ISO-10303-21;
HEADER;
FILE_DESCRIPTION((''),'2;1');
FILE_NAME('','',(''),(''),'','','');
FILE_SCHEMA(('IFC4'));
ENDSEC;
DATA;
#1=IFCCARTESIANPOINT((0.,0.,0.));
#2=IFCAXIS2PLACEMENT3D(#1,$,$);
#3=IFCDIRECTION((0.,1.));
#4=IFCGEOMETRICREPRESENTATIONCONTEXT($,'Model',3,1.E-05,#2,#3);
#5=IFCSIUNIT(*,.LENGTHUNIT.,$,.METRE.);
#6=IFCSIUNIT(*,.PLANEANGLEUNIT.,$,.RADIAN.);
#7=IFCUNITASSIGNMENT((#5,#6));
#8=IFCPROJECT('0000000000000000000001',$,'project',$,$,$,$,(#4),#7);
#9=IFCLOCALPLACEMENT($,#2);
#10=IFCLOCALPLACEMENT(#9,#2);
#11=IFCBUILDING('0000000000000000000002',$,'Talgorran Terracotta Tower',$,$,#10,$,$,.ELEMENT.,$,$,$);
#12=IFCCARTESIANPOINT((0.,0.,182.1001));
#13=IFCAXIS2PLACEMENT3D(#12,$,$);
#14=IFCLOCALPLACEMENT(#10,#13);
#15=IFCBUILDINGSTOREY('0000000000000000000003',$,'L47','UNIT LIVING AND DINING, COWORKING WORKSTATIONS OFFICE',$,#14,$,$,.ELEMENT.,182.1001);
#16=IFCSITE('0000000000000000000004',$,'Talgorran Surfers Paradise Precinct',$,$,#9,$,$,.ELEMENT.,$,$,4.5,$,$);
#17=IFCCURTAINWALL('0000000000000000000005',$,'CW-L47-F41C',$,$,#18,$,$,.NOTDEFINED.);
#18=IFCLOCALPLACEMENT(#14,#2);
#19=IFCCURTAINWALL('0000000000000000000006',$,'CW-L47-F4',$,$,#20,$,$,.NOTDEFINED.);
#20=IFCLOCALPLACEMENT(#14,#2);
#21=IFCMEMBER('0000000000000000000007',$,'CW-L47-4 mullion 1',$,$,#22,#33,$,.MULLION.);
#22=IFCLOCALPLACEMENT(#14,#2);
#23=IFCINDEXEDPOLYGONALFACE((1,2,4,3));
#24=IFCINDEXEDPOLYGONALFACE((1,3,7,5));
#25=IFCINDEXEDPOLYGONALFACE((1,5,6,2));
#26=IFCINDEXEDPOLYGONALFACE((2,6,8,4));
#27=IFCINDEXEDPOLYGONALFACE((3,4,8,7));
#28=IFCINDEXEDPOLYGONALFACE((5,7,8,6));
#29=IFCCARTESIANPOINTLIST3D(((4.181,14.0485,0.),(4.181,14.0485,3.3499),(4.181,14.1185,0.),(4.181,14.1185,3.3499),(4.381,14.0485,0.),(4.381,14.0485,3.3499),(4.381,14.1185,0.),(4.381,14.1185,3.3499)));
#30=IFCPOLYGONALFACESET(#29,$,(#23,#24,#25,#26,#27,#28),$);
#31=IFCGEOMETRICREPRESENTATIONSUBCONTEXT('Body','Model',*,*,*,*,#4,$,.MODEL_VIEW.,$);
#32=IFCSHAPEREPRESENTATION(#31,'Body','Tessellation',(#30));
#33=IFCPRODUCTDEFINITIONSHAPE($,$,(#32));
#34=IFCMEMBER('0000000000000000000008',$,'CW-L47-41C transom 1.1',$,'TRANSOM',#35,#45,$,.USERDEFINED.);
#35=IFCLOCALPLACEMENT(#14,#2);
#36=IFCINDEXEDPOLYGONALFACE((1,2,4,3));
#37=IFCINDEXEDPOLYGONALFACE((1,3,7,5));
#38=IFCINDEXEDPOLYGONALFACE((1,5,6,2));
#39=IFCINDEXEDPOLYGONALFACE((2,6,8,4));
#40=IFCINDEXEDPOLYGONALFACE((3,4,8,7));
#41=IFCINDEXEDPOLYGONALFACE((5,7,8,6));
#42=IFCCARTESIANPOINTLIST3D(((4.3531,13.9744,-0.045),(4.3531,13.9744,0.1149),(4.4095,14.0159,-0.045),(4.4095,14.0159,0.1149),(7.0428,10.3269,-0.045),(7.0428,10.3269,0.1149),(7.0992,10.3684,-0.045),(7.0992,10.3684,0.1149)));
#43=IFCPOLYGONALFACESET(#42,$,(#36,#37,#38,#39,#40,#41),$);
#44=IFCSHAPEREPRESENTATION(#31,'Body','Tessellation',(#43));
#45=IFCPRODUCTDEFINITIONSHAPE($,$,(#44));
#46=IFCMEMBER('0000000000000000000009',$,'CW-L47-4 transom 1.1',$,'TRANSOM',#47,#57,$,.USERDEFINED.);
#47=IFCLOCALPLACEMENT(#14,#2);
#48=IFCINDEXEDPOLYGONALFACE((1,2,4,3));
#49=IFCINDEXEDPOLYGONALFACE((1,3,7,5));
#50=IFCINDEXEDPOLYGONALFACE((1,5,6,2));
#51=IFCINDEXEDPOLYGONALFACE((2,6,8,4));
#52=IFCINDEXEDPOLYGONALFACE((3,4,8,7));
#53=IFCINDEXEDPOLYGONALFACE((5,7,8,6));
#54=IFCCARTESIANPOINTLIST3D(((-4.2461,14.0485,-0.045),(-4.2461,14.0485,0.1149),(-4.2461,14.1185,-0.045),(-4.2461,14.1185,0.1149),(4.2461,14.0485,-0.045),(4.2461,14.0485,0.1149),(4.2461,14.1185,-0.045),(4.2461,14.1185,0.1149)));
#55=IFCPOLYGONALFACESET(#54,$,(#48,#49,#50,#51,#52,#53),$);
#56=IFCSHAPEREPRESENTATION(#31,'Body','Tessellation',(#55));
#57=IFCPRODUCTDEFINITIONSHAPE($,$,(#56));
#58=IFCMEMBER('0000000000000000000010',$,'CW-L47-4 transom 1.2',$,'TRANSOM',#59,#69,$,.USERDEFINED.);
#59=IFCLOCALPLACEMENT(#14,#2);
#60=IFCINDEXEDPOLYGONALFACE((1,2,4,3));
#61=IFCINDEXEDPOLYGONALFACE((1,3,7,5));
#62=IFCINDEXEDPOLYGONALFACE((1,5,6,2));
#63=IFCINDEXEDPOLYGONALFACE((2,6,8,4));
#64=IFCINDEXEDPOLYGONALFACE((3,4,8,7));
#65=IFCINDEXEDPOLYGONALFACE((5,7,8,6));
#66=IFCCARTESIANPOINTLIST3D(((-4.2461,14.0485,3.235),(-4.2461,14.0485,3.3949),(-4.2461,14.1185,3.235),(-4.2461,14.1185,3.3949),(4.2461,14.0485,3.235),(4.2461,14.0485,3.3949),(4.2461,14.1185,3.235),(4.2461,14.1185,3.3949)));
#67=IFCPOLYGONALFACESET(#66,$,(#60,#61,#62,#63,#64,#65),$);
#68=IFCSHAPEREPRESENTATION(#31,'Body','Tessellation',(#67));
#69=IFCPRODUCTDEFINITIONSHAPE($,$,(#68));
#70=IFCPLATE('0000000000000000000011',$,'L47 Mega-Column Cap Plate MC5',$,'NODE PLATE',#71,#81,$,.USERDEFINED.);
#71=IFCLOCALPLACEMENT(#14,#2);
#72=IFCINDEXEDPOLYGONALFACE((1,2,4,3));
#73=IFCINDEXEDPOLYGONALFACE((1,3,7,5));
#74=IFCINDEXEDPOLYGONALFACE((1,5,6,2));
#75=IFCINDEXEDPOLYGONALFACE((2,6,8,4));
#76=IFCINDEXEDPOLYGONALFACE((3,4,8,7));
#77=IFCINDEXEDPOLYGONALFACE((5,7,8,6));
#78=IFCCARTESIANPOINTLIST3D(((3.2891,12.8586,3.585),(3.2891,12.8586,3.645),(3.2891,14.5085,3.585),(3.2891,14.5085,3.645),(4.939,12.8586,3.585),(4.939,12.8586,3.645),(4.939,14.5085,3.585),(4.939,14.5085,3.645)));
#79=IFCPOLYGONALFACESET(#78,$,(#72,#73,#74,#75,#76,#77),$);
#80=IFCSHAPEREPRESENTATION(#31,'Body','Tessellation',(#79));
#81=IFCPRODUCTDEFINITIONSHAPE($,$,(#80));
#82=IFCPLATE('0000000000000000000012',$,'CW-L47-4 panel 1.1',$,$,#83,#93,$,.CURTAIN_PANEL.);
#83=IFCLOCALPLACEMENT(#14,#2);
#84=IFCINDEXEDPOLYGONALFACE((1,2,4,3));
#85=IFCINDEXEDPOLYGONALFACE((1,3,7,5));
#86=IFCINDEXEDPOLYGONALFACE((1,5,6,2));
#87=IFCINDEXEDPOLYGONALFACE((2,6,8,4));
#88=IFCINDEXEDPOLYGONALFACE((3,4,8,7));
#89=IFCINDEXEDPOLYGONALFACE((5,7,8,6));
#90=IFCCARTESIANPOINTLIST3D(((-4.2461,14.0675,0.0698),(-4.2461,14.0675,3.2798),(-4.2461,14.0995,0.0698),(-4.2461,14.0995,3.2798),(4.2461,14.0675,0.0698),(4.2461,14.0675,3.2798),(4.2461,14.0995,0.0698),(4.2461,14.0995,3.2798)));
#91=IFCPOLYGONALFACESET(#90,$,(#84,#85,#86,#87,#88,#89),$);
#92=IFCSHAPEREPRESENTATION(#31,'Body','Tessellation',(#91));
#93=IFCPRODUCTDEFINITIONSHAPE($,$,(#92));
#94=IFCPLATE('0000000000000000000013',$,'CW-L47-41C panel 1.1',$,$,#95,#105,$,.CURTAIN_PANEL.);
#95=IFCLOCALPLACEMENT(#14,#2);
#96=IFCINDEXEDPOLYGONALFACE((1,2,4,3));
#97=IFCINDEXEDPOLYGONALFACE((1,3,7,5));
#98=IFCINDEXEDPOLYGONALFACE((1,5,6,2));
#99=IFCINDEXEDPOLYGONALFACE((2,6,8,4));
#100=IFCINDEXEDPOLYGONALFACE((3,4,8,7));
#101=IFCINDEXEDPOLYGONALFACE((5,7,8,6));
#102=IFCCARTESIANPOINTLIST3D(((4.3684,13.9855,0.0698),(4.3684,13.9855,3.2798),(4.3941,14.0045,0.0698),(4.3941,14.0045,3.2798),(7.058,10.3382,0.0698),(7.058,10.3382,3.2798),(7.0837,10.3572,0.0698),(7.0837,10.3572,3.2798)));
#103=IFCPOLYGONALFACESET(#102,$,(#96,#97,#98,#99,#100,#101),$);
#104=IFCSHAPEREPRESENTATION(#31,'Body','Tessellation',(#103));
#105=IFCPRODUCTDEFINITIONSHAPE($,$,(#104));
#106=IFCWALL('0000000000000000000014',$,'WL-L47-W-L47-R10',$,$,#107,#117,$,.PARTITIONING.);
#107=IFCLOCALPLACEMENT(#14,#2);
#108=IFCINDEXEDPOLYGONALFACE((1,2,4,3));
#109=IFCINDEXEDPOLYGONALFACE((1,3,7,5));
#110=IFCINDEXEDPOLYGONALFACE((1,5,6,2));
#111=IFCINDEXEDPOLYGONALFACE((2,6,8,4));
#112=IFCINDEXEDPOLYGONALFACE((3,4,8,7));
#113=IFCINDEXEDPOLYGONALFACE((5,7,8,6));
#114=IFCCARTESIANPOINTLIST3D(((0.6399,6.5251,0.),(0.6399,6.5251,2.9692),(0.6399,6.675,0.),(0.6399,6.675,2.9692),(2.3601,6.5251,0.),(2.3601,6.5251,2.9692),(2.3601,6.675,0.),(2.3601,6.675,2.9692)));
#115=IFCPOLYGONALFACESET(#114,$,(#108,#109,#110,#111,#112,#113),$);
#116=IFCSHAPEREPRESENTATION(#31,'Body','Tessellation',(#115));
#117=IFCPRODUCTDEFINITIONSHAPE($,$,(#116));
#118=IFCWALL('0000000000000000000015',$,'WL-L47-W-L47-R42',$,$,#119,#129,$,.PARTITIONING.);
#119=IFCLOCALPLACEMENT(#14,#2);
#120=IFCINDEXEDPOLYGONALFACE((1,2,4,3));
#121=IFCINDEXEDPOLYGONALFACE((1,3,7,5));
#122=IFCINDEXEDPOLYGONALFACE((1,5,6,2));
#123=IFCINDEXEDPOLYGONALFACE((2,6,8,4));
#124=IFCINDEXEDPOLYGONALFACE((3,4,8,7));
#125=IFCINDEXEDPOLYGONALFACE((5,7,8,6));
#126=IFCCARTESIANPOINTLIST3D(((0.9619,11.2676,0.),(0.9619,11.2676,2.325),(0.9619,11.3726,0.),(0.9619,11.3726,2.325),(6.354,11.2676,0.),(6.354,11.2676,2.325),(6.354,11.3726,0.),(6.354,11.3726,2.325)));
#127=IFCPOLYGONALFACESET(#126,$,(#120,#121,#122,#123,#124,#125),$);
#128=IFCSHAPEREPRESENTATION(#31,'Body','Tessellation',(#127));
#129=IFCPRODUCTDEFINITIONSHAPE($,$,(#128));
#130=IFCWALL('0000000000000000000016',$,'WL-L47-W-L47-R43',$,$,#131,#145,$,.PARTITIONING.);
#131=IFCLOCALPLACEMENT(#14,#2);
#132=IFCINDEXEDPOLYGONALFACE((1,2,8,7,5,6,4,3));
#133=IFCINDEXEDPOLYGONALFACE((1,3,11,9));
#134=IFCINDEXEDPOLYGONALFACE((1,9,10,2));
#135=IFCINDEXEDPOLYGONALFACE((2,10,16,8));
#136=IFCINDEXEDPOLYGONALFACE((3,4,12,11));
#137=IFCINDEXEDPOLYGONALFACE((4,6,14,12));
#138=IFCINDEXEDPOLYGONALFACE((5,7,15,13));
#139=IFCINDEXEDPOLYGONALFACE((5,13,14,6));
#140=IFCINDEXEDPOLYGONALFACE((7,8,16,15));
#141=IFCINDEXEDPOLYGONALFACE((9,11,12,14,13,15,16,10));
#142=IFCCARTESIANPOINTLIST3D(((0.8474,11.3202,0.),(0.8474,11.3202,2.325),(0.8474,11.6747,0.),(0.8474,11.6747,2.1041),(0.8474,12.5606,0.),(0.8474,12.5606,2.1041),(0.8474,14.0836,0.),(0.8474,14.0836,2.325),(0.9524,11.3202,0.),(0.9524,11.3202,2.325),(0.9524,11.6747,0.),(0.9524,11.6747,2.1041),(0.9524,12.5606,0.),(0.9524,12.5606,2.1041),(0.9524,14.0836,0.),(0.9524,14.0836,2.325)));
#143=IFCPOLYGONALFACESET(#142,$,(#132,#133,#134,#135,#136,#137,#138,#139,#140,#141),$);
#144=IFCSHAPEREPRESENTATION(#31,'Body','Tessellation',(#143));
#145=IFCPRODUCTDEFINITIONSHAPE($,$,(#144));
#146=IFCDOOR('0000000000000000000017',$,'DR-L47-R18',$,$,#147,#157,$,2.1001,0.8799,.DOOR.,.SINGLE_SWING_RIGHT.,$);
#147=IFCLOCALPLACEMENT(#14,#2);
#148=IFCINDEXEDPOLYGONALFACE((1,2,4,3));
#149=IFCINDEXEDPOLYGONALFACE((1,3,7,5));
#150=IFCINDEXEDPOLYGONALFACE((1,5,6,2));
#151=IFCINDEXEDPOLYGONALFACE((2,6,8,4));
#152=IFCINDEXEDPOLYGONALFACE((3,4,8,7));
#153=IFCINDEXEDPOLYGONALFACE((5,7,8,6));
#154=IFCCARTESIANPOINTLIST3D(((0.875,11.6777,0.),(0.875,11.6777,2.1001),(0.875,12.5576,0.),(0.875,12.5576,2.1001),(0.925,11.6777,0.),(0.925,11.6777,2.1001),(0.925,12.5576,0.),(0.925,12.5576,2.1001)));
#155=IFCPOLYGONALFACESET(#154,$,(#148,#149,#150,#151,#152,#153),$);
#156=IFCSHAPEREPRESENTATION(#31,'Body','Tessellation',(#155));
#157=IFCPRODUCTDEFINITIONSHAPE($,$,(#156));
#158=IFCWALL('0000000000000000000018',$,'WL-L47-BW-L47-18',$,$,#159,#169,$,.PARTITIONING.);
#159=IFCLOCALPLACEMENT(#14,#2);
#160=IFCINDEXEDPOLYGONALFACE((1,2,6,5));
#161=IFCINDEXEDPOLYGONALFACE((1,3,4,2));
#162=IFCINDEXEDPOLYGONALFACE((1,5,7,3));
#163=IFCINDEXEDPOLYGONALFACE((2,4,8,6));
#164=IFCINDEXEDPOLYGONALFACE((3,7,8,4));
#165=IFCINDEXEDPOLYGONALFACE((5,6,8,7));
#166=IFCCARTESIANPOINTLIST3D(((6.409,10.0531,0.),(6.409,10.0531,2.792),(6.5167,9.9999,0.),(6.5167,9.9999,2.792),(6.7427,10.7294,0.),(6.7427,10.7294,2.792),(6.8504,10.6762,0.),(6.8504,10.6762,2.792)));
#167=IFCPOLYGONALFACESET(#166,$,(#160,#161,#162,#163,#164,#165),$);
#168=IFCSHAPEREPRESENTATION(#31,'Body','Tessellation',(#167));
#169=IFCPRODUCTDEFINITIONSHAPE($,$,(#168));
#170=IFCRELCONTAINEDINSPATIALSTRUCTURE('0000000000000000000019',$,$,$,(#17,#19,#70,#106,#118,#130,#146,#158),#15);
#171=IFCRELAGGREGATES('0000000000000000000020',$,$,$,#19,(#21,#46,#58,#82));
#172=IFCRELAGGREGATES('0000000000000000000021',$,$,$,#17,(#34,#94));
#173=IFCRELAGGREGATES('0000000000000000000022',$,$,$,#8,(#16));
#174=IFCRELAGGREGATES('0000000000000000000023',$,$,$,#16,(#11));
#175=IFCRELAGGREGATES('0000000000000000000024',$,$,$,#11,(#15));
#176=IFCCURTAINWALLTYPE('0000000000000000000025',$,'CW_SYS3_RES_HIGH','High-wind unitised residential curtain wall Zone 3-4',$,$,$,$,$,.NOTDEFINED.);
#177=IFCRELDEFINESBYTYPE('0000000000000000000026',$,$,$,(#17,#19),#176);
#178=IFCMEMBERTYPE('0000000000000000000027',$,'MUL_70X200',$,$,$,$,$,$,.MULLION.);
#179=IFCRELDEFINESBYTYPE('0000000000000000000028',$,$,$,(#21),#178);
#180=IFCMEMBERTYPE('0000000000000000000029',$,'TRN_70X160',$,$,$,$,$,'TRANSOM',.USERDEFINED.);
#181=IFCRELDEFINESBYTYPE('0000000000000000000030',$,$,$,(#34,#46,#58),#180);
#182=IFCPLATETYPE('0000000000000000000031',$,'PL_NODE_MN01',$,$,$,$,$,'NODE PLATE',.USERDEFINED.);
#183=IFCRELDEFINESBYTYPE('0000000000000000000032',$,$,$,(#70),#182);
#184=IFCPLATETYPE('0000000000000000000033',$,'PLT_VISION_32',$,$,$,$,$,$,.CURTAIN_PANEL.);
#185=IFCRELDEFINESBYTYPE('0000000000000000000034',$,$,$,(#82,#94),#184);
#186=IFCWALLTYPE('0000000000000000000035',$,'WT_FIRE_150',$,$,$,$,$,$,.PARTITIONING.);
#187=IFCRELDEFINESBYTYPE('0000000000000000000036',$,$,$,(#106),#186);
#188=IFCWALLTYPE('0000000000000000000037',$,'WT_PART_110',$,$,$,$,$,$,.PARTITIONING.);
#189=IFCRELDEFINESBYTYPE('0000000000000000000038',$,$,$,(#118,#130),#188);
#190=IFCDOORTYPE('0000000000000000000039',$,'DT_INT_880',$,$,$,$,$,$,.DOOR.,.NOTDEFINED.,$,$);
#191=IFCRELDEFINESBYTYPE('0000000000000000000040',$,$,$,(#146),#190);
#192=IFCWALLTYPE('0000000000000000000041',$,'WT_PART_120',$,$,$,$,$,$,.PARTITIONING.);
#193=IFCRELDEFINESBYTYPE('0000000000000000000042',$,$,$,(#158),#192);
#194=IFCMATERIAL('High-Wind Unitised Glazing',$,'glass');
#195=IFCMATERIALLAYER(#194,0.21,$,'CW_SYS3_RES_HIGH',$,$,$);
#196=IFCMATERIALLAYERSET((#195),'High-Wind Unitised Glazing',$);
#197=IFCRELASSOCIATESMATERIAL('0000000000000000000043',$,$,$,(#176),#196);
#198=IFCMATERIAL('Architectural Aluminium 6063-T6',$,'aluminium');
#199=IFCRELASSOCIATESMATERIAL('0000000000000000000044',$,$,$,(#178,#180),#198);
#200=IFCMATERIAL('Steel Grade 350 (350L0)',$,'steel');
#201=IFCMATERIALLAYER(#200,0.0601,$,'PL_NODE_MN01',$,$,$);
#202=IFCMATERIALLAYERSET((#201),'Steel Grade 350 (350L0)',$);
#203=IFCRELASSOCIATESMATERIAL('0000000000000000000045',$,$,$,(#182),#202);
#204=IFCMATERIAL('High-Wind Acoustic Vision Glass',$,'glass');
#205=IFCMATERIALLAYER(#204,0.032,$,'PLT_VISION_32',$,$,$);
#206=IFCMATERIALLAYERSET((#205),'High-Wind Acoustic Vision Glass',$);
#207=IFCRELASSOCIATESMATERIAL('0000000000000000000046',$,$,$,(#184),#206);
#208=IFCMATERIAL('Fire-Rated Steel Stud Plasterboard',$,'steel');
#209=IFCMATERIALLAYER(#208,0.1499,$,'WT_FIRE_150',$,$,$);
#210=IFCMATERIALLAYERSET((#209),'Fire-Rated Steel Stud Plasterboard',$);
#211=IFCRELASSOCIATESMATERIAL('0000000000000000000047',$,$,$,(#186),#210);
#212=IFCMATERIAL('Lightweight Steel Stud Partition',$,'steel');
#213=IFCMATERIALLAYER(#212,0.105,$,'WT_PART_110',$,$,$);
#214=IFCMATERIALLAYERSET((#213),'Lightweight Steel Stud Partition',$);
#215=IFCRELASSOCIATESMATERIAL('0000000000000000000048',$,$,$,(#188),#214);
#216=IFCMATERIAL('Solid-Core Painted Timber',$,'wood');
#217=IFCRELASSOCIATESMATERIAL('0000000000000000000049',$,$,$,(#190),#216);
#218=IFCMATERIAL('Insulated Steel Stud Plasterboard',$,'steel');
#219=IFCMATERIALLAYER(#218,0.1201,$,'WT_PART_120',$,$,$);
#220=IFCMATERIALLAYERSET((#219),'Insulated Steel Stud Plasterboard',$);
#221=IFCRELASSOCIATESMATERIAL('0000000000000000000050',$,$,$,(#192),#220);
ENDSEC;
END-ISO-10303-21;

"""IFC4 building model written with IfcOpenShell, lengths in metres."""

from ifc_helpers import new_model, si_unit, direction, frame, frame_2d, origin, origin_2d, place, context, subcontext, project, spatial, rectangle, extrude, source, transform, mapped, material, layer, layer_set, material_profile, profile_set, type_object, type_shapes, element, fill, aggregate, save


model = new_model("IFC4")

# Units and contexts
model_context = context("Model", 3, precision=1e-05, world=origin(), true_north=direction((0.0, 1.0)))
body_context = subcontext(model_context, "Body", "Model", "MODEL_VIEW")
ifc_project = project(units=[si_unit("LENGTHUNIT", "METRE"), si_unit("PLANEANGLEUNIT", "RADIAN")], contexts=[model_context])

# Site, building, storey
site_placement = place(None, origin())
site = spatial("IfcSite", under=ifc_project, at=site_placement, Name="Talgorran Surfers Paradise Precinct", CompositionType="ELEMENT", RefElevation=4.5)
building_placement = place(site_placement, origin())
building = spatial("IfcBuilding", under=site, at=building_placement, Name="Talgorran Terracotta Tower", CompositionType="ELEMENT")
storey_placement = place(building_placement, frame((0.0, 0.0, 182.1001)))
storey = spatial("IfcBuildingStorey", under=building, at=storey_placement, Name="L47", Description="UNIT LIVING AND DINING, COWORKING WORKSTATIONS OFFICE", CompositionType="ELEMENT", Elevation=182.1001)

# Shared definitions
ifc_material_1 = material(Name="Steel Grade 350 (350L0)", Category="steel")

# Curtain walls, member
ifc_material_2 = material(Name="High-Wind Unitised Glazing", Category="glass")
ifc_layer_1 = layer(ifc_material_2, 0.21, Name="CW_SYS3_RES_HIGH")
ifc_layer_set_1 = layer_set([ifc_layer_1], Name="High-Wind Unitised Glazing")
curtain_wall_type = type_object("IfcCurtainWallType", Name="CW_SYS3_RES_HIGH", Description="High-wind unitised residential curtain wall Zone 3-4", PredefinedType="NOTDEFINED", material=ifc_layer_set_1)
curtain_wall_1_placement = place(storey_placement, origin())
curtain_wall_1 = element("IfcCurtainWall", 1, at=curtain_wall_1_placement, inside=storey, type_object=curtain_wall_type, Name="CW-L47-F41C", PredefinedType="NOTDEFINED")
ifc_material_3 = material(Name="Architectural Aluminium 6063-T6", Category="aluminium")
ifc_material_profile_1 = material_profile(ifc_material_3, rectangle(XDim=0.0701, YDim=0.2, at=origin_2d()), Name="CWM70X200")
ifc_profile_set_1 = profile_set([ifc_material_profile_1], Name="Architectural Aluminium 6063-T6")
member_type_1 = type_object("IfcMemberType", Name="MUL_70X200", PredefinedType="MULLION", material=ifc_profile_set_1)
curtain_wall_2_placement = place(storey_placement, origin())
curtain_wall_2 = element("IfcCurtainWall", 2, at=curtain_wall_2_placement, inside=storey, type_object=curtain_wall_type, Name="CW-L47-F4", PredefinedType="NOTDEFINED")
member_1_placement = place(storey_placement, frame((4.281, 14.0835, 0.0), z_axis=(0.0, 0.0, 1.0), x_axis=(0.0, -1.0, 0.0)))
member_1 = element("IfcMember", 3, at=member_1_placement, type_object=member_type_1, Name="CW-L47-4 mullion 1", PredefinedType="MULLION", context=body_context, shape_type="SweptSolid", body=[
    extrude(rectangle(XDim=0.0701, YDim=0.2, at=origin_2d()), origin(), (0.0, 0.0, 1.0), 3.3499),
])

# Members
ifc_material_profile_2 = material_profile(ifc_material_3, rectangle(XDim=0.0701, YDim=0.1599, at=origin_2d()), Name="CWT70X160")
ifc_profile_set_2 = profile_set([ifc_material_profile_2], Name="Architectural Aluminium 6063-T6")
member_type_2 = type_object("IfcMemberType", Name="TRN_70X160", ElementType="TRANSOM", PredefinedType="USERDEFINED", material=ifc_profile_set_2)
member_2_placement = place(storey_placement, frame((7.071, 10.3477, 0.0349), z_axis=(-0.593499, 0.804835, 0.0), x_axis=(-0.804835, -0.593499, 0.0)))
member_2 = element("IfcMember", 4, at=member_2_placement, type_object=member_type_2, Name="CW-L47-41C transom 1.1", ObjectType="TRANSOM", PredefinedType="USERDEFINED", context=body_context, shape_type="SweptSolid", body=[
    extrude(rectangle(XDim=0.0701, YDim=0.1599, at=origin_2d()), origin(), (0.0, 0.0, 1.0), 4.532),
])
member_3_placement = place(storey_placement, frame((4.2461, 14.0835, 0.0349), z_axis=(-1.0, 0.0, 0.0), x_axis=(0.0, -1.0, 0.0)))
member_3 = element("IfcMember", 5, at=member_3_placement, type_object=member_type_2, Name="CW-L47-4 transom 1.1", ObjectType="TRANSOM", PredefinedType="USERDEFINED", context=body_context, shape_type="SweptSolid", body=[
    extrude(rectangle(XDim=0.0701, YDim=0.1599, at=origin_2d()), origin(), (0.0, 0.0, 1.0), 8.4922),
])
member_4_placement = place(storey_placement, frame((4.2461, 14.0835, 3.3149), z_axis=(-1.0, 0.0, 0.0), x_axis=(0.0, -1.0, 0.0)))
member_4 = element("IfcMember", 6, at=member_4_placement, type_object=member_type_2, Name="CW-L47-4 transom 1.2", ObjectType="TRANSOM", PredefinedType="USERDEFINED", context=body_context, shape_type="SweptSolid", body=[
    extrude(rectangle(XDim=0.0701, YDim=0.1599, at=origin_2d()), origin(), (0.0, 0.0, 1.0), 8.4922),
])

# Plates
ifc_layer_2 = layer(ifc_material_1, 0.0601, Name="PL_NODE_MN01")
ifc_layer_set_2 = layer_set([ifc_layer_2], Name="Steel Grade 350 (350L0)")
plate_type_1 = type_object("IfcPlateType", Name="PL_NODE_MN01", ElementType="NODE PLATE", PredefinedType="USERDEFINED", material=ifc_layer_set_2)
plate_1_placement = place(storey_placement, frame((4.114, 13.6836, 3.585), z_axis=(0.0, 0.0, 1.0), x_axis=(1.0, 0.0, 0.0)))
element("IfcPlate", 7, at=plate_1_placement, inside=storey, type_object=plate_type_1, Name="L47 Mega-Column Cap Plate MC5", ObjectType="NODE PLATE", PredefinedType="USERDEFINED", context=body_context, shape_type="SweptSolid", body=[
    extrude(rectangle(XDim=1.6499, YDim=1.6499, at=origin_2d()), origin(), (0.0, 0.0, 1.0), 0.0601),
])
ifc_material_4 = material(Name="High-Wind Acoustic Vision Glass", Category="glass")
ifc_layer_3 = layer(ifc_material_4, 0.032, Name="PLT_VISION_32")
ifc_layer_set_3 = layer_set([ifc_layer_3], Name="High-Wind Acoustic Vision Glass")
plate_type_2 = type_object("IfcPlateType", Name="PLT_VISION_32", PredefinedType="CURTAIN_PANEL", material=ifc_layer_set_3)
shared_shape_1 = source(origin(), body_context, "Body", "SweptSolid", [
    extrude(rectangle(XDim=8.4922, YDim=0.032, at=origin_2d()), origin(), (0.0, 0.0, 1.0), 3.21),
])
plate_2_placement = place(storey_placement, frame((0.0, 14.0835, 0.0698), z_axis=(0.0, 0.0, 1.0), x_axis=(-1.0, 0.0, 0.0)))
plate_2 = element("IfcPlate", 8, at=plate_2_placement, type_object=plate_type_2, Name="CW-L47-4 panel 1.1", PredefinedType="CURTAIN_PANEL", context=body_context, shape_type="MappedRepresentation", body=[
    mapped(shared_shape_1, transform((0.0, 0.0, 0.0), scale=1.0)),
])
aggregate(curtain_wall_2, [member_1, member_3, member_4, plate_2])
shared_shape_2 = source(origin(), body_context, "Body", "SweptSolid", [
    extrude(rectangle(XDim=4.5317, YDim=0.032, at=origin_2d()), origin(), (0.0, 0.0, 1.0), 3.21),
])
type_shapes(plate_type_2, [shared_shape_1, shared_shape_2])
plate_3_placement = place(storey_placement, frame((5.7261, 12.1714, 0.0698), z_axis=(0.0, 0.0, 1.0), x_axis=(-0.593501, 0.804834, 0.0)))
plate_3 = element("IfcPlate", 9, at=plate_3_placement, type_object=plate_type_2, Name="CW-L47-41C panel 1.1", PredefinedType="CURTAIN_PANEL", context=body_context, shape_type="MappedRepresentation", body=[
    mapped(shared_shape_2, transform((0.0, 0.0, 0.0), scale=1.0)),
])
aggregate(curtain_wall_1, [member_2, plate_3])

# Walls
ifc_material_5 = material(Name="Fire-Rated Steel Stud Plasterboard", Category="steel")
ifc_layer_4 = layer(ifc_material_5, 0.1499, Name="WT_FIRE_150")
ifc_layer_set_4 = layer_set([ifc_layer_4], Name="Fire-Rated Steel Stud Plasterboard")
wall_type_1 = type_object("IfcWallType", Name="WT_FIRE_150", PredefinedType="PARTITIONING", material=ifc_layer_set_4)
wall_1_placement = place(storey_placement, frame((0.6399, 6.6001, 0.0), z_axis=(0.0, 0.0, 1.0), x_axis=(1.0, 0.0, 0.0)))
element("IfcWall", 10, at=wall_1_placement, inside=storey, type_object=wall_type_1, Name="WL-L47-W-L47-R10", PredefinedType="PARTITIONING", context=body_context, shape_type="SweptSolid", body=[
    extrude(rectangle(XDim=1.7202, YDim=0.1499, at=frame_2d((0.8601, 0.0))), origin(), (0.0, 0.0, 1.0), 2.9692),
])
ifc_material_6 = material(Name="Lightweight Steel Stud Partition", Category="steel")
ifc_layer_5 = layer(ifc_material_6, 0.105, Name="WT_PART_110")
ifc_layer_set_5 = layer_set([ifc_layer_5], Name="Lightweight Steel Stud Partition")
wall_type_2 = type_object("IfcWallType", Name="WT_PART_110", PredefinedType="PARTITIONING", material=ifc_layer_set_5)
wall_2_placement = place(storey_placement, frame((0.9619, 11.3201, 0.0), z_axis=(0.0, 0.0, 1.0), x_axis=(1.0, 0.0, 0.0)))
element("IfcWall", 11, at=wall_2_placement, inside=storey, type_object=wall_type_2, Name="WL-L47-W-L47-R42", PredefinedType="PARTITIONING", context=body_context, shape_type="SweptSolid", body=[
    extrude(rectangle(XDim=5.3921, YDim=0.105, at=frame_2d((2.696, 0.0))), origin(), (0.0, 0.0, 1.0), 2.325),
])

# Wall, opening, door
wall_3_placement = place(storey_placement, frame((0.8999, 11.3201, 0.0), z_axis=(0.0, 0.0, 1.0), x_axis=(0.0, 1.0, 0.0)))
wall_3 = element("IfcWall", 12, at=wall_3_placement, inside=storey, type_object=wall_type_2, Name="WL-L47-W-L47-R43", PredefinedType="PARTITIONING", context=body_context, shape_type="SweptSolid", body=[
    extrude(rectangle(XDim=2.7634, YDim=0.105, at=frame_2d((1.3818, 0.0))), origin(), (0.0, 0.0, 1.0), 2.325),
])
opening_1_placement = place(wall_3_placement, frame((0.3577, 0.0, 0.0)))
opening_1 = element("IfcOpeningElement", 13, at=opening_1_placement, cuts=wall_3, PredefinedType="OPENING", context=body_context, shape_type="SweptSolid", body=[
    extrude(rectangle(XDim=0.8859, YDim=2.1041, at=frame_2d((0.4399, 1.052))), frame((0.0, 0.0625, 0.0), z_axis=(0.0, -1.0, 0.0), x_axis=(1.0, 0.0, 0.0)), (0.0, 0.0, 1.0), 0.125),
])
ifc_material_7 = material(Name="Solid-Core Painted Timber", Category="wood")
door_type_1 = type_object("IfcDoorType", Name="DT_INT_880", OperationType="NOTDEFINED", PredefinedType="DOOR", material=ifc_material_7)
door_1_placement = place(opening_1_placement, origin())
door_1 = element("IfcDoor", 14, at=door_1_placement, inside=storey, type_object=door_type_1, Name="DR-L47-R18", OperationType="SINGLE_SWING_RIGHT", OverallHeight=2.1001, OverallWidth=0.8799, PredefinedType="DOOR", context=body_context, shape_type="SweptSolid", body=[
    extrude(rectangle(XDim=0.8799, YDim=2.1001, at=frame_2d((0.4399, 1.05))), frame((0.0, 0.0249, 0.0), z_axis=(0.0, -1.0, 0.0), x_axis=(1.0, 0.0, 0.0)), (0.0, 0.0, 1.0), 0.05),
])
fill(opening_1, door_1)

# Wall
ifc_material_8 = material(Name="Insulated Steel Stud Plasterboard", Category="steel")
ifc_layer_6 = layer(ifc_material_8, 0.1201, Name="WT_PART_120")
ifc_layer_set_6 = layer_set([ifc_layer_6], Name="Insulated Steel Stud Plasterboard")
wall_type_3 = type_object("IfcWallType", Name="WT_PART_120", PredefinedType="PARTITIONING", material=ifc_layer_set_6)
wall_4_placement = place(storey_placement, frame((6.4629, 10.0266, 0.0), z_axis=(0.0, 0.0, 1.0), x_axis=(0.442546, 0.896746, 0.0)))
element("IfcWall", 15, at=wall_4_placement, inside=storey, type_object=wall_type_3, Name="WL-L47-BW-L47-18", PredefinedType="PARTITIONING", context=body_context, shape_type="SweptSolid", body=[
    extrude(rectangle(XDim=0.7542, YDim=0.1201, at=frame_2d((0.377, 0.0))), origin(), (0.0, 0.0, 1.0), 2.792),
])

save(model, "model.ifc")
